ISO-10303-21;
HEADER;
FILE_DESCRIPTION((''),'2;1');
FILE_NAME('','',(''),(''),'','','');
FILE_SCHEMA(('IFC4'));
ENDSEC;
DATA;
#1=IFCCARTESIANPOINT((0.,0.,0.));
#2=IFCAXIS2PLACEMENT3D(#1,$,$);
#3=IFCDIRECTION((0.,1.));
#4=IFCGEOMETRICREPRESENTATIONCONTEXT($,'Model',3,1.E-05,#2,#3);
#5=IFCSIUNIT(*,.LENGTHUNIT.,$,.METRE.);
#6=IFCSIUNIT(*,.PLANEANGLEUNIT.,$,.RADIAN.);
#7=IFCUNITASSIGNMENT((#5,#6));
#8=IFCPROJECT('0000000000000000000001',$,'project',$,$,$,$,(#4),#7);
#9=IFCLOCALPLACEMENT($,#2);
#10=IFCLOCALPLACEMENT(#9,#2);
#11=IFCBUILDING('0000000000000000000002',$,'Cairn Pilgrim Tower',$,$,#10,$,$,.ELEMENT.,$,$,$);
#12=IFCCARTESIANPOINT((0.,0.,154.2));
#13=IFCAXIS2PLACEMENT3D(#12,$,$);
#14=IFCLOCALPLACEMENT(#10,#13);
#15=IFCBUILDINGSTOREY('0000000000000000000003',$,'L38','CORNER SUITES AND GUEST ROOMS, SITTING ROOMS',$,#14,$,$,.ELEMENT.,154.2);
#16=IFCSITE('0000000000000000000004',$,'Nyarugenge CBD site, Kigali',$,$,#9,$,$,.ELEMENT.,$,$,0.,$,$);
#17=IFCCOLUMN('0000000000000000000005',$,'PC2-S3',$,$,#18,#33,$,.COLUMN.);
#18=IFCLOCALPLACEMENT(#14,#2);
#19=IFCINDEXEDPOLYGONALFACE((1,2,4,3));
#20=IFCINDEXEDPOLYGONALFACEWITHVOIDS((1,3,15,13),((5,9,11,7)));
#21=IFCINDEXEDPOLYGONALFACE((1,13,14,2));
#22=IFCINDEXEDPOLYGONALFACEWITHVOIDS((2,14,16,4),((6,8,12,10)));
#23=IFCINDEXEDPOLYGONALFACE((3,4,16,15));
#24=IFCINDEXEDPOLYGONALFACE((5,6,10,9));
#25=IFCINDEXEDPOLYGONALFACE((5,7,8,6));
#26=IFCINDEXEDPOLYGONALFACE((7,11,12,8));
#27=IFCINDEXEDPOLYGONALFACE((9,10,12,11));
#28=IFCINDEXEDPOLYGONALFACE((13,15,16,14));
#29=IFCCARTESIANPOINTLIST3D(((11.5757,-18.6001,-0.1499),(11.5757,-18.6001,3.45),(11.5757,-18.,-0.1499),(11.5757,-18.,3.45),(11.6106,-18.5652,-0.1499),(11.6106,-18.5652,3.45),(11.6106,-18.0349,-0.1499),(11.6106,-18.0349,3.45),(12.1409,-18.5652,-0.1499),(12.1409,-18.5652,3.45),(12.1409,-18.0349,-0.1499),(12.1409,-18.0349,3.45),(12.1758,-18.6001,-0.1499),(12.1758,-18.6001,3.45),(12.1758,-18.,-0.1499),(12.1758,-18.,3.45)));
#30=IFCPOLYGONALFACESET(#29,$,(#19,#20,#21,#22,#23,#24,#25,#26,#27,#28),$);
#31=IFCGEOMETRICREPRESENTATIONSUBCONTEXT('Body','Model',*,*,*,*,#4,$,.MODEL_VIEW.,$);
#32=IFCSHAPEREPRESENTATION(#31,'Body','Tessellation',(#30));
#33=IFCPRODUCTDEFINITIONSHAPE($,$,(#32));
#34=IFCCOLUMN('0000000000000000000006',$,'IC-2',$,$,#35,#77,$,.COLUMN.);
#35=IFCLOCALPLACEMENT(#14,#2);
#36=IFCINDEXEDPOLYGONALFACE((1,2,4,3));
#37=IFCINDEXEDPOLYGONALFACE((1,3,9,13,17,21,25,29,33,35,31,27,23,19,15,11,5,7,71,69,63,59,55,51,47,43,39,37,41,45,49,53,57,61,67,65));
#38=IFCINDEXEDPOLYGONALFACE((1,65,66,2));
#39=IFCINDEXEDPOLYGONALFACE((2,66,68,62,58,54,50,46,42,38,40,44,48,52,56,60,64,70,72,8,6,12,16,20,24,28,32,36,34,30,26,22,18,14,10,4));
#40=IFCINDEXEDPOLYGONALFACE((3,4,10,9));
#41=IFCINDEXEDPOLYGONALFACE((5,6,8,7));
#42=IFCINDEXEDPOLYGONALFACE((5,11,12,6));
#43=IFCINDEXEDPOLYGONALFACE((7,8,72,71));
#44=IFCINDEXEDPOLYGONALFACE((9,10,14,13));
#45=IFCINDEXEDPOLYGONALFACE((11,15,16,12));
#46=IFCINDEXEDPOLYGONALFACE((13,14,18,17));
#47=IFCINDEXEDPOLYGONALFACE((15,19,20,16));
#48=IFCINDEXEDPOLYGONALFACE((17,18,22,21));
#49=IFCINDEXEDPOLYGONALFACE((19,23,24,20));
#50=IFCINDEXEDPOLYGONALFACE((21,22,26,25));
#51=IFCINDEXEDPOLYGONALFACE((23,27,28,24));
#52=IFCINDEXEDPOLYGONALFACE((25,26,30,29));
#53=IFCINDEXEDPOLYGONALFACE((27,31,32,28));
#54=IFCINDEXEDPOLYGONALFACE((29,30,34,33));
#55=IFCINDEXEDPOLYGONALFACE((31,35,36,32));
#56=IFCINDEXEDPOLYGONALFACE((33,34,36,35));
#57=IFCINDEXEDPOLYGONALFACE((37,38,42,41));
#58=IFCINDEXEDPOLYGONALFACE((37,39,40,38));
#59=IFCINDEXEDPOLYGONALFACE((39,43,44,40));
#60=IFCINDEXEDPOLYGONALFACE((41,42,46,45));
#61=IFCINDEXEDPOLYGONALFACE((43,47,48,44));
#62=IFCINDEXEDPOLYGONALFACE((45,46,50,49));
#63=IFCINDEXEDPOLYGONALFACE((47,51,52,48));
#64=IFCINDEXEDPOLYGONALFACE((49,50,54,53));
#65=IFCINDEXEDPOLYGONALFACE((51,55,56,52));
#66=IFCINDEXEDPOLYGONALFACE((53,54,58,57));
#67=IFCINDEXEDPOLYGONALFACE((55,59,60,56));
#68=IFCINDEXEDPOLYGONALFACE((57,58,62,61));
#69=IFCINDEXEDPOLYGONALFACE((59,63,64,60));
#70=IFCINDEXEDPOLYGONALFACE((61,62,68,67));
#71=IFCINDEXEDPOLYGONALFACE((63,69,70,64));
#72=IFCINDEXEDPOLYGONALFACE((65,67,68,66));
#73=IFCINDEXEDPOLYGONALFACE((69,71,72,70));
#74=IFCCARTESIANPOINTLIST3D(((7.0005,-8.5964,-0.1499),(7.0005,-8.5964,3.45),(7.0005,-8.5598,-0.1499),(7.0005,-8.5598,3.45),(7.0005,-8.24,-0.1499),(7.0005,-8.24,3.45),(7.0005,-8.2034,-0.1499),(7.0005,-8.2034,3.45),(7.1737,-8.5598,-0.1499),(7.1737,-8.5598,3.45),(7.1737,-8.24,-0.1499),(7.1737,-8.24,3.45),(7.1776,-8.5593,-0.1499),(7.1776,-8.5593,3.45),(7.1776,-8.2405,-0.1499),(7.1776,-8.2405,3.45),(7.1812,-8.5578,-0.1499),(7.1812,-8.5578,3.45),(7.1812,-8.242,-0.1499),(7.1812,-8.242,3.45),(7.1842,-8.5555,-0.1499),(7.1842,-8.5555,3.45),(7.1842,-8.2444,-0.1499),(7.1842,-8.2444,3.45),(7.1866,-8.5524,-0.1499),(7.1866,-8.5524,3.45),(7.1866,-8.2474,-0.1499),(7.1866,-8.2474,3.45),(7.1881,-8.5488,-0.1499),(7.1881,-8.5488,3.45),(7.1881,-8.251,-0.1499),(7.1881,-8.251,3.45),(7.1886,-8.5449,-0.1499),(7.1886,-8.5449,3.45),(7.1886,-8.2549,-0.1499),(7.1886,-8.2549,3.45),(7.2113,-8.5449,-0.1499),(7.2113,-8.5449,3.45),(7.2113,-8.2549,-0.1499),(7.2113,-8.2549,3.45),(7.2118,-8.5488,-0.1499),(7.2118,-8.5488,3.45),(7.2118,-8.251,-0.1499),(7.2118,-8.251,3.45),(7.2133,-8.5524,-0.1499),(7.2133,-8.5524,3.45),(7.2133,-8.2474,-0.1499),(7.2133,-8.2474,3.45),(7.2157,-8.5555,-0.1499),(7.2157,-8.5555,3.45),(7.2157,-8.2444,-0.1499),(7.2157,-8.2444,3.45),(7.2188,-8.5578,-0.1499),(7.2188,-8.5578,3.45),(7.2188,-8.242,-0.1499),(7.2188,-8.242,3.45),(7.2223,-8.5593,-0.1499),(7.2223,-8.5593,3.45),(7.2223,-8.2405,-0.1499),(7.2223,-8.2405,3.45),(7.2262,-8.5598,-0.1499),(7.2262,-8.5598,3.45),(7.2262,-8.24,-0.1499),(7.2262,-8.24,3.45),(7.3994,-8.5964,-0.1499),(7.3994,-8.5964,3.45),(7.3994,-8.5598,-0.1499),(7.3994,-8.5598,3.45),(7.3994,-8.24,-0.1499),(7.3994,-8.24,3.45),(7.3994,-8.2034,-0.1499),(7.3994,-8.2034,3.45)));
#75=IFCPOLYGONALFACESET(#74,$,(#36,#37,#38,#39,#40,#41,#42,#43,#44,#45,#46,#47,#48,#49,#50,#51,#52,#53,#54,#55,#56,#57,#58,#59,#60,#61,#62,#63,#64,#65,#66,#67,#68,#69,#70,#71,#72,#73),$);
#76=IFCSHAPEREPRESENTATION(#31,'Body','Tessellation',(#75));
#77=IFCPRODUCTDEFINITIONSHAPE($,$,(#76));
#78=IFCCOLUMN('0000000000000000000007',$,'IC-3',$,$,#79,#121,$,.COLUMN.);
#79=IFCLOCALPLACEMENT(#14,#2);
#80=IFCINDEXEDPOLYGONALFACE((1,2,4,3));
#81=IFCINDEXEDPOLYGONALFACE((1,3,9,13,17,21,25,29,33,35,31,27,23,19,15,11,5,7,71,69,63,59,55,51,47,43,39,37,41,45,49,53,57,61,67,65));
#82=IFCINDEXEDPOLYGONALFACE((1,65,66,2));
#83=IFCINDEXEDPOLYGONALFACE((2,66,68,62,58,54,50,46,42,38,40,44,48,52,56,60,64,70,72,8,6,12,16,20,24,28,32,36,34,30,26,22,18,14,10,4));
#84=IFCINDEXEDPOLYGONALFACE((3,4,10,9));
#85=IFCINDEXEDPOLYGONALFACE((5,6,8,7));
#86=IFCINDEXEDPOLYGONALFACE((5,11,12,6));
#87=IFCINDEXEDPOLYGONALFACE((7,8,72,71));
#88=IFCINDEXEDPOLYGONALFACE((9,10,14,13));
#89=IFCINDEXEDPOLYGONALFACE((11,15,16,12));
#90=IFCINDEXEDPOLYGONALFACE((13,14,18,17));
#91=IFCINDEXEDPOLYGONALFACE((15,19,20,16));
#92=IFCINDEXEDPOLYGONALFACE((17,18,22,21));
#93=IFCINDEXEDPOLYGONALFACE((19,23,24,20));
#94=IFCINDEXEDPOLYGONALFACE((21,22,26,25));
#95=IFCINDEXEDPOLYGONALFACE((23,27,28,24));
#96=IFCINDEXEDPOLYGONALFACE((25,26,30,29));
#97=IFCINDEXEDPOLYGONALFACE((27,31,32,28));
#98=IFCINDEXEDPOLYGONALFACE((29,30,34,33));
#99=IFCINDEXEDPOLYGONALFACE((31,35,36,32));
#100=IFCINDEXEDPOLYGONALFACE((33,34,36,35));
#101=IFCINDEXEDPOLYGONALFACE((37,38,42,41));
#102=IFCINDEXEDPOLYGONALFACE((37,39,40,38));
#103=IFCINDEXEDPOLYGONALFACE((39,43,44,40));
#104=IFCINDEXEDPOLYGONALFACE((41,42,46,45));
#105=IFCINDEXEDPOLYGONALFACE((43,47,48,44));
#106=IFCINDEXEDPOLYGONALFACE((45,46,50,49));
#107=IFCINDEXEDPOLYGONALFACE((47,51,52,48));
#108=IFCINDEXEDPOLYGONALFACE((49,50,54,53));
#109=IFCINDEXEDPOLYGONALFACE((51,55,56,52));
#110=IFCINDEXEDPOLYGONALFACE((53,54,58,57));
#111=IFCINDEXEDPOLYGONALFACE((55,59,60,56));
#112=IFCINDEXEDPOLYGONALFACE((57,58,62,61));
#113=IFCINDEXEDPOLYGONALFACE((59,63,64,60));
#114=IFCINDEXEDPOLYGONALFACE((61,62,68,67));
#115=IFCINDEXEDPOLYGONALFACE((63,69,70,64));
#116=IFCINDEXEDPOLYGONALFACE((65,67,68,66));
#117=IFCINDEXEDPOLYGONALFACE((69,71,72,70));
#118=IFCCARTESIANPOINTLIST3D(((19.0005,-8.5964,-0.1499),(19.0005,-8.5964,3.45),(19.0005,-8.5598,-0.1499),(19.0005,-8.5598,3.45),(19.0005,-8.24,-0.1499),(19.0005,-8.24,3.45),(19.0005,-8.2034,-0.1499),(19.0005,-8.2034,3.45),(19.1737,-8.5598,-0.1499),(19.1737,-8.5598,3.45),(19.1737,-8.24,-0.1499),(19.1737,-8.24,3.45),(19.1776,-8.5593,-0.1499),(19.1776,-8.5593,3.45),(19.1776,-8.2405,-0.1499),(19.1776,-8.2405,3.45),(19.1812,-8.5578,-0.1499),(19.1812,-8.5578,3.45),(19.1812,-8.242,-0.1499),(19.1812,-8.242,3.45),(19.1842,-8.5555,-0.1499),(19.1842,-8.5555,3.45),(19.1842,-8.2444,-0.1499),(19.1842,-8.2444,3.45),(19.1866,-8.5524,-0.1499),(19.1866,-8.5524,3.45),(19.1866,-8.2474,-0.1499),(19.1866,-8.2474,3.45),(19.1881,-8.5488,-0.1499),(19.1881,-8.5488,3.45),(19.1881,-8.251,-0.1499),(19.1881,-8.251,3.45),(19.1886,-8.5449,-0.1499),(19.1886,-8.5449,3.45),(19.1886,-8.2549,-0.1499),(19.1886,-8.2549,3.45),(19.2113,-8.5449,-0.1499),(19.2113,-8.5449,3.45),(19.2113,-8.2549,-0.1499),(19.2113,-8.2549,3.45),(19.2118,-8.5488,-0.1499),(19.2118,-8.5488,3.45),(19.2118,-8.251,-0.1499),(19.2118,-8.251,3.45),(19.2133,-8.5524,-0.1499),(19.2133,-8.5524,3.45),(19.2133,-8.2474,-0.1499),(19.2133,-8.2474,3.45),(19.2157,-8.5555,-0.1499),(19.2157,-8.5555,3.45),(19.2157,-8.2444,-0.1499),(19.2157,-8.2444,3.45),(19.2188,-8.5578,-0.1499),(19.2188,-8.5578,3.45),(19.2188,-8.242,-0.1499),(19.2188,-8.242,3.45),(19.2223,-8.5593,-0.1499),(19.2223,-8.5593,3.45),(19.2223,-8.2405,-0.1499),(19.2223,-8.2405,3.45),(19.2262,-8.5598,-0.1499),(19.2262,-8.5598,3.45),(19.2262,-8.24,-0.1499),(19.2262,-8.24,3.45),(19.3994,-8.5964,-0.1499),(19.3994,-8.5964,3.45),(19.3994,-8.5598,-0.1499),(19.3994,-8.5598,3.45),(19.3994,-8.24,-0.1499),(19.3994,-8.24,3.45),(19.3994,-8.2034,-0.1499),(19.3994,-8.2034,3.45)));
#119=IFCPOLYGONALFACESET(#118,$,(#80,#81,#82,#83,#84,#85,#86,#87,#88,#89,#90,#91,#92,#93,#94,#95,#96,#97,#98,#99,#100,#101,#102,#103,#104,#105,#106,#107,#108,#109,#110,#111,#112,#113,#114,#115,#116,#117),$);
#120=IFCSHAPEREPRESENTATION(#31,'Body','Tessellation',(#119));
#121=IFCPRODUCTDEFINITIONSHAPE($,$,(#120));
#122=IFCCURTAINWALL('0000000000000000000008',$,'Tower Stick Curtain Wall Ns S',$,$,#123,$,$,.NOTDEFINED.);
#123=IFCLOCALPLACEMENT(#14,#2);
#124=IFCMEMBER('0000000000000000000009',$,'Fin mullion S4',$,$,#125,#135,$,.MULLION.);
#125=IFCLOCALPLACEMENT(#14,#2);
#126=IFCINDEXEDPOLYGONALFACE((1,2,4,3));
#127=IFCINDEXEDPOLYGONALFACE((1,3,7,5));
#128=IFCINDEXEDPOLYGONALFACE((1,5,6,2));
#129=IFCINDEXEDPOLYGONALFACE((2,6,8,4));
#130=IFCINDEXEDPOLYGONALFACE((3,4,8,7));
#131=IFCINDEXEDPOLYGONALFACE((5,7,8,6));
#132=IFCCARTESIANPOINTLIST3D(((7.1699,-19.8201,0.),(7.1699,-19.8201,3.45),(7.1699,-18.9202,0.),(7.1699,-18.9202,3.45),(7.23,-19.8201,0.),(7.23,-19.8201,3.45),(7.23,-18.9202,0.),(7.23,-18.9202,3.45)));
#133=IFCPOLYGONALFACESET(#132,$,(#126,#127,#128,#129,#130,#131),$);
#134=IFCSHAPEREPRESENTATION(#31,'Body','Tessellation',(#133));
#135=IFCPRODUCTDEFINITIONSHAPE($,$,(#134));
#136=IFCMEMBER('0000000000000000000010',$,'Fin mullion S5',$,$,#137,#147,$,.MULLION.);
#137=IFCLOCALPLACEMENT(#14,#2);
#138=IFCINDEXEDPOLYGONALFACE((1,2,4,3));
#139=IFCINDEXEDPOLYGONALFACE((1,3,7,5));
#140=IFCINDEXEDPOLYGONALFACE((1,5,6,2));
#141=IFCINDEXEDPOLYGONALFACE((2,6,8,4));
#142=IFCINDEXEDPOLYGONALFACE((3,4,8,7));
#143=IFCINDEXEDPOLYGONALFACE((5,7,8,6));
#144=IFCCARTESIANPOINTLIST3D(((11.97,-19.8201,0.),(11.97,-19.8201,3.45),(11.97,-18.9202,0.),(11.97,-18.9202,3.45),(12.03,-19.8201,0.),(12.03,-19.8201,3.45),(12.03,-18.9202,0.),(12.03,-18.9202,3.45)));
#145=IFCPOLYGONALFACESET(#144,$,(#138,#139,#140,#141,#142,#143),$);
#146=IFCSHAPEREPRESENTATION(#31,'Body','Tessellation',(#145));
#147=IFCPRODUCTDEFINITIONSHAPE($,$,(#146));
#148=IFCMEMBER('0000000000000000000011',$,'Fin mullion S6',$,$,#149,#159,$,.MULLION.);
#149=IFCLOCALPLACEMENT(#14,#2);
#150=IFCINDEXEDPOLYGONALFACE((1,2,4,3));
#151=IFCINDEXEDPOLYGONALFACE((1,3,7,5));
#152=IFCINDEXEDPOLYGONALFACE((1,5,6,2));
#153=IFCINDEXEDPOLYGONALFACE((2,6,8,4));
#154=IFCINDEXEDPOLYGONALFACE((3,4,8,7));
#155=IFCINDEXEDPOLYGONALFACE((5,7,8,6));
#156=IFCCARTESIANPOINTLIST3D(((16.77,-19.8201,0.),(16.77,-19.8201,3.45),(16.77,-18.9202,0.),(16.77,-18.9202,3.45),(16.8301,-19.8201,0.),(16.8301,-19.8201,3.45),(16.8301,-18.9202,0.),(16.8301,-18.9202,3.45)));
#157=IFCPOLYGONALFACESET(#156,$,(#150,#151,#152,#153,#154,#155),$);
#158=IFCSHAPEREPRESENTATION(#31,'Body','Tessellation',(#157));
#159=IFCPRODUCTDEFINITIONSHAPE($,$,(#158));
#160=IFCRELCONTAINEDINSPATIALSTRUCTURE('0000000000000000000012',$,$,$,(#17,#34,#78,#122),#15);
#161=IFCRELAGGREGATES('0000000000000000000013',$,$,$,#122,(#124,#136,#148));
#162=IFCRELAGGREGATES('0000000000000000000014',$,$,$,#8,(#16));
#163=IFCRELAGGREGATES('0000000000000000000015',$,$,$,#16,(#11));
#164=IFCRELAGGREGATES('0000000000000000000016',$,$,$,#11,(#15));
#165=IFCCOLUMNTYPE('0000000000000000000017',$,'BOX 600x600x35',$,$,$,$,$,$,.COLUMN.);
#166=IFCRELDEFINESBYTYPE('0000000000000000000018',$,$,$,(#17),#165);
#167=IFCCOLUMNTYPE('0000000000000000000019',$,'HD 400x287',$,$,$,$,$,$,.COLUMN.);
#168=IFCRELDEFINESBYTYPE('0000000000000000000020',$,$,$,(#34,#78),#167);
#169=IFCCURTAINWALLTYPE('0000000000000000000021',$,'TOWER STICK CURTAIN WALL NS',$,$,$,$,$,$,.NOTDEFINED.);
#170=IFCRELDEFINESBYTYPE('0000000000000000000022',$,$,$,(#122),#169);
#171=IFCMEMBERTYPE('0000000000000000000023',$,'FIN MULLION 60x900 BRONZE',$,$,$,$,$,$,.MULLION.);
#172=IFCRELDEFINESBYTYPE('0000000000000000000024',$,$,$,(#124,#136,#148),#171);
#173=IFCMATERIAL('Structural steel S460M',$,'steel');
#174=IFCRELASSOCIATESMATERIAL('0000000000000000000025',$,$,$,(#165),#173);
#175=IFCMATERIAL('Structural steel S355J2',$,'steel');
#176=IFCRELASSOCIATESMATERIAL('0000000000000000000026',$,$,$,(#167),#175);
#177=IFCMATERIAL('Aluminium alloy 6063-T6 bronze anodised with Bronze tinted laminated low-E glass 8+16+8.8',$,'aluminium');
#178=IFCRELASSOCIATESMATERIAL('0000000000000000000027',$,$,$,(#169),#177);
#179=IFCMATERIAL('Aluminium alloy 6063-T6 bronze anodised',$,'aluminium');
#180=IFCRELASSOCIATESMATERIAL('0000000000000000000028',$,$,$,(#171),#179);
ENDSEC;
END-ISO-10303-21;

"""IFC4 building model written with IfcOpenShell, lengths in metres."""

from ifc_helpers import new_model, si_unit, direction, frame, origin, origin_2d, place, context, subcontext, project, spatial, rectangle, hollow_rectangle, i_section, extrude, material, material_profile, profile_set, type_object, element, aggregate, save


model = new_model("IFC4")

# Units and contexts
model_context = context("Model", 3, precision=1e-05, world=origin(), true_north=direction((0.0, 1.0)))
body_context = subcontext(model_context, "Body", "Model", "MODEL_VIEW")
ifc_project = project(units=[si_unit("LENGTHUNIT", "METRE"), si_unit("PLANEANGLEUNIT", "RADIAN")], contexts=[model_context])

# Site, building, storey
site_placement = place(None, origin())
site = spatial("IfcSite", under=ifc_project, at=site_placement, Name="Nyarugenge CBD site, Kigali", CompositionType="ELEMENT", RefElevation=0.0)
building_placement = place(site_placement, origin())
building = spatial("IfcBuilding", under=site, at=building_placement, Name="Cairn Pilgrim Tower", CompositionType="ELEMENT")
storey_placement = place(building_placement, frame((0.0, 0.0, 154.2)))
storey = spatial("IfcBuildingStorey", under=building, at=storey_placement, Name="L38", Description="CORNER SUITES AND GUEST ROOMS, SITTING ROOMS", CompositionType="ELEMENT", Elevation=154.2)

# Columns
ifc_material_1 = material(Name="Structural steel S460M", Category="steel")
ifc_material_profile_1 = material_profile(ifc_material_1, hollow_rectangle(XDim=0.6001, YDim=0.6001, WallThickness=0.0349, at=origin_2d()), Name="BOX 600x600x35")
ifc_profile_set_1 = profile_set([ifc_material_profile_1], Name="Structural steel S460M")
column_type_1 = type_object("IfcColumnType", Name="BOX 600x600x35", PredefinedType="COLUMN", material=ifc_profile_set_1)
column_placement = place(storey_placement, frame((11.8757, -18.3, -0.1499), z_axis=(0.0, 0.0, 1.0), x_axis=(1.0, 0.0, 0.0)))
element("IfcColumn", 1, at=column_placement, inside=storey, type_object=column_type_1, Name="PC2-S3", PredefinedType="COLUMN", context=body_context, shape_type="SweptSolid", body=[
    extrude(hollow_rectangle(XDim=0.6001, YDim=0.6001, WallThickness=0.0349, at=origin_2d()), origin(), (0.0, 0.0, 1.0), 3.5999),
])
ifc_material_2 = material(Name="Structural steel S355J2", Category="steel")
ifc_material_profile_2 = material_profile(ifc_material_2, i_section(OverallWidth=0.3989, OverallDepth=0.3931, WebThickness=0.0227, FlangeThickness=0.0366, FilletRadius=0.0149, at=origin_2d()), Name="HD 400x287")
ifc_profile_set_2 = profile_set([ifc_material_profile_2], Name="Structural steel S355J2")
column_type_2 = type_object("IfcColumnType", Name="HD 400x287", PredefinedType="COLUMN", material=ifc_profile_set_2)
for number, where, z_axis, x_axis, name in (
    (2, (7.2, -8.3999, -0.1499), (0.0, 0.0, 1.0), (1.0, 0.0, 0.0), "IC-2"),
    (3, (19.2, -8.3999, -0.1499), (0.0, 0.0, 1.0), (1.0, 0.0, 0.0), "IC-3"),
):
    element("IfcColumn", number, at=place(storey_placement, frame(where, z_axis=z_axis, x_axis=x_axis)), inside=storey, type_object=column_type_2, Name=name, PredefinedType="COLUMN", context=body_context, shape_type="SweptSolid", body=[
        extrude(i_section(OverallWidth=0.3989, OverallDepth=0.3931, WebThickness=0.0227, FlangeThickness=0.0366, FilletRadius=0.0149, at=origin_2d()), origin(), (0.0, 0.0, 1.0), 3.5999),
    ])

# Curtain wall, members
ifc_material_3 = material(Name="Aluminium alloy 6063-T6 bronze anodised with Bronze tinted laminated low-E glass 8+16+8.8", Category="aluminium")
curtain_wall_type = type_object("IfcCurtainWallType", Name="TOWER STICK CURTAIN WALL NS", PredefinedType="NOTDEFINED", material=ifc_material_3)
curtain_wall_placement = place(storey_placement, origin())
curtain_wall = element("IfcCurtainWall", 4, at=curtain_wall_placement, inside=storey, type_object=curtain_wall_type, Name="Tower Stick Curtain Wall Ns S", PredefinedType="NOTDEFINED")
ifc_material_4 = material(Name="Aluminium alloy 6063-T6 bronze anodised", Category="aluminium")
ifc_material_profile_3 = material_profile(ifc_material_4, rectangle(XDim=0.8999, YDim=0.0601, at=origin_2d()), Name="FIN MULLION 60x900 BRONZE")
ifc_profile_set_3 = profile_set([ifc_material_profile_3], Name="Aluminium alloy 6063-T6 bronze anodised")
member_type_1 = type_object("IfcMemberType", Name="FIN MULLION 60x900 BRONZE", PredefinedType="MULLION", material=ifc_profile_set_3)
member_1_placement = place(storey_placement, frame((7.2, -19.3701, 0.0), z_axis=(0.0, 0.0, 1.0), x_axis=(0.0, -1.0, 0.0)))
member_1 = element("IfcMember", 5, at=member_1_placement, type_object=member_type_1, Name="Fin mullion S4", PredefinedType="MULLION", context=body_context, shape_type="SweptSolid", body=[
    extrude(rectangle(XDim=0.8999, YDim=0.0601, at=origin_2d()), origin(), (0.0, 0.0, 1.0), 3.45),
])
member_2_placement = place(storey_placement, frame((12.0, -19.3701, 0.0), z_axis=(0.0, 0.0, 1.0), x_axis=(0.0, -1.0, 0.0)))
member_2 = element("IfcMember", 6, at=member_2_placement, type_object=member_type_1, Name="Fin mullion S5", PredefinedType="MULLION", context=body_context, shape_type="SweptSolid", body=[
    extrude(rectangle(XDim=0.8999, YDim=0.0601, at=origin_2d()), origin(), (0.0, 0.0, 1.0), 3.45),
])
member_3_placement = place(storey_placement, frame((16.8, -19.3701, 0.0), z_axis=(0.0, 0.0, 1.0), x_axis=(0.0, -1.0, 0.0)))
member_3 = element("IfcMember", 7, at=member_3_placement, type_object=member_type_1, Name="Fin mullion S6", PredefinedType="MULLION", context=body_context, shape_type="SweptSolid", body=[
    extrude(rectangle(XDim=0.8999, YDim=0.0601, at=origin_2d()), origin(), (0.0, 0.0, 1.0), 3.45),
])

aggregate(curtain_wall, [member_1, member_2, member_3])

save(model, "model.ifc")
